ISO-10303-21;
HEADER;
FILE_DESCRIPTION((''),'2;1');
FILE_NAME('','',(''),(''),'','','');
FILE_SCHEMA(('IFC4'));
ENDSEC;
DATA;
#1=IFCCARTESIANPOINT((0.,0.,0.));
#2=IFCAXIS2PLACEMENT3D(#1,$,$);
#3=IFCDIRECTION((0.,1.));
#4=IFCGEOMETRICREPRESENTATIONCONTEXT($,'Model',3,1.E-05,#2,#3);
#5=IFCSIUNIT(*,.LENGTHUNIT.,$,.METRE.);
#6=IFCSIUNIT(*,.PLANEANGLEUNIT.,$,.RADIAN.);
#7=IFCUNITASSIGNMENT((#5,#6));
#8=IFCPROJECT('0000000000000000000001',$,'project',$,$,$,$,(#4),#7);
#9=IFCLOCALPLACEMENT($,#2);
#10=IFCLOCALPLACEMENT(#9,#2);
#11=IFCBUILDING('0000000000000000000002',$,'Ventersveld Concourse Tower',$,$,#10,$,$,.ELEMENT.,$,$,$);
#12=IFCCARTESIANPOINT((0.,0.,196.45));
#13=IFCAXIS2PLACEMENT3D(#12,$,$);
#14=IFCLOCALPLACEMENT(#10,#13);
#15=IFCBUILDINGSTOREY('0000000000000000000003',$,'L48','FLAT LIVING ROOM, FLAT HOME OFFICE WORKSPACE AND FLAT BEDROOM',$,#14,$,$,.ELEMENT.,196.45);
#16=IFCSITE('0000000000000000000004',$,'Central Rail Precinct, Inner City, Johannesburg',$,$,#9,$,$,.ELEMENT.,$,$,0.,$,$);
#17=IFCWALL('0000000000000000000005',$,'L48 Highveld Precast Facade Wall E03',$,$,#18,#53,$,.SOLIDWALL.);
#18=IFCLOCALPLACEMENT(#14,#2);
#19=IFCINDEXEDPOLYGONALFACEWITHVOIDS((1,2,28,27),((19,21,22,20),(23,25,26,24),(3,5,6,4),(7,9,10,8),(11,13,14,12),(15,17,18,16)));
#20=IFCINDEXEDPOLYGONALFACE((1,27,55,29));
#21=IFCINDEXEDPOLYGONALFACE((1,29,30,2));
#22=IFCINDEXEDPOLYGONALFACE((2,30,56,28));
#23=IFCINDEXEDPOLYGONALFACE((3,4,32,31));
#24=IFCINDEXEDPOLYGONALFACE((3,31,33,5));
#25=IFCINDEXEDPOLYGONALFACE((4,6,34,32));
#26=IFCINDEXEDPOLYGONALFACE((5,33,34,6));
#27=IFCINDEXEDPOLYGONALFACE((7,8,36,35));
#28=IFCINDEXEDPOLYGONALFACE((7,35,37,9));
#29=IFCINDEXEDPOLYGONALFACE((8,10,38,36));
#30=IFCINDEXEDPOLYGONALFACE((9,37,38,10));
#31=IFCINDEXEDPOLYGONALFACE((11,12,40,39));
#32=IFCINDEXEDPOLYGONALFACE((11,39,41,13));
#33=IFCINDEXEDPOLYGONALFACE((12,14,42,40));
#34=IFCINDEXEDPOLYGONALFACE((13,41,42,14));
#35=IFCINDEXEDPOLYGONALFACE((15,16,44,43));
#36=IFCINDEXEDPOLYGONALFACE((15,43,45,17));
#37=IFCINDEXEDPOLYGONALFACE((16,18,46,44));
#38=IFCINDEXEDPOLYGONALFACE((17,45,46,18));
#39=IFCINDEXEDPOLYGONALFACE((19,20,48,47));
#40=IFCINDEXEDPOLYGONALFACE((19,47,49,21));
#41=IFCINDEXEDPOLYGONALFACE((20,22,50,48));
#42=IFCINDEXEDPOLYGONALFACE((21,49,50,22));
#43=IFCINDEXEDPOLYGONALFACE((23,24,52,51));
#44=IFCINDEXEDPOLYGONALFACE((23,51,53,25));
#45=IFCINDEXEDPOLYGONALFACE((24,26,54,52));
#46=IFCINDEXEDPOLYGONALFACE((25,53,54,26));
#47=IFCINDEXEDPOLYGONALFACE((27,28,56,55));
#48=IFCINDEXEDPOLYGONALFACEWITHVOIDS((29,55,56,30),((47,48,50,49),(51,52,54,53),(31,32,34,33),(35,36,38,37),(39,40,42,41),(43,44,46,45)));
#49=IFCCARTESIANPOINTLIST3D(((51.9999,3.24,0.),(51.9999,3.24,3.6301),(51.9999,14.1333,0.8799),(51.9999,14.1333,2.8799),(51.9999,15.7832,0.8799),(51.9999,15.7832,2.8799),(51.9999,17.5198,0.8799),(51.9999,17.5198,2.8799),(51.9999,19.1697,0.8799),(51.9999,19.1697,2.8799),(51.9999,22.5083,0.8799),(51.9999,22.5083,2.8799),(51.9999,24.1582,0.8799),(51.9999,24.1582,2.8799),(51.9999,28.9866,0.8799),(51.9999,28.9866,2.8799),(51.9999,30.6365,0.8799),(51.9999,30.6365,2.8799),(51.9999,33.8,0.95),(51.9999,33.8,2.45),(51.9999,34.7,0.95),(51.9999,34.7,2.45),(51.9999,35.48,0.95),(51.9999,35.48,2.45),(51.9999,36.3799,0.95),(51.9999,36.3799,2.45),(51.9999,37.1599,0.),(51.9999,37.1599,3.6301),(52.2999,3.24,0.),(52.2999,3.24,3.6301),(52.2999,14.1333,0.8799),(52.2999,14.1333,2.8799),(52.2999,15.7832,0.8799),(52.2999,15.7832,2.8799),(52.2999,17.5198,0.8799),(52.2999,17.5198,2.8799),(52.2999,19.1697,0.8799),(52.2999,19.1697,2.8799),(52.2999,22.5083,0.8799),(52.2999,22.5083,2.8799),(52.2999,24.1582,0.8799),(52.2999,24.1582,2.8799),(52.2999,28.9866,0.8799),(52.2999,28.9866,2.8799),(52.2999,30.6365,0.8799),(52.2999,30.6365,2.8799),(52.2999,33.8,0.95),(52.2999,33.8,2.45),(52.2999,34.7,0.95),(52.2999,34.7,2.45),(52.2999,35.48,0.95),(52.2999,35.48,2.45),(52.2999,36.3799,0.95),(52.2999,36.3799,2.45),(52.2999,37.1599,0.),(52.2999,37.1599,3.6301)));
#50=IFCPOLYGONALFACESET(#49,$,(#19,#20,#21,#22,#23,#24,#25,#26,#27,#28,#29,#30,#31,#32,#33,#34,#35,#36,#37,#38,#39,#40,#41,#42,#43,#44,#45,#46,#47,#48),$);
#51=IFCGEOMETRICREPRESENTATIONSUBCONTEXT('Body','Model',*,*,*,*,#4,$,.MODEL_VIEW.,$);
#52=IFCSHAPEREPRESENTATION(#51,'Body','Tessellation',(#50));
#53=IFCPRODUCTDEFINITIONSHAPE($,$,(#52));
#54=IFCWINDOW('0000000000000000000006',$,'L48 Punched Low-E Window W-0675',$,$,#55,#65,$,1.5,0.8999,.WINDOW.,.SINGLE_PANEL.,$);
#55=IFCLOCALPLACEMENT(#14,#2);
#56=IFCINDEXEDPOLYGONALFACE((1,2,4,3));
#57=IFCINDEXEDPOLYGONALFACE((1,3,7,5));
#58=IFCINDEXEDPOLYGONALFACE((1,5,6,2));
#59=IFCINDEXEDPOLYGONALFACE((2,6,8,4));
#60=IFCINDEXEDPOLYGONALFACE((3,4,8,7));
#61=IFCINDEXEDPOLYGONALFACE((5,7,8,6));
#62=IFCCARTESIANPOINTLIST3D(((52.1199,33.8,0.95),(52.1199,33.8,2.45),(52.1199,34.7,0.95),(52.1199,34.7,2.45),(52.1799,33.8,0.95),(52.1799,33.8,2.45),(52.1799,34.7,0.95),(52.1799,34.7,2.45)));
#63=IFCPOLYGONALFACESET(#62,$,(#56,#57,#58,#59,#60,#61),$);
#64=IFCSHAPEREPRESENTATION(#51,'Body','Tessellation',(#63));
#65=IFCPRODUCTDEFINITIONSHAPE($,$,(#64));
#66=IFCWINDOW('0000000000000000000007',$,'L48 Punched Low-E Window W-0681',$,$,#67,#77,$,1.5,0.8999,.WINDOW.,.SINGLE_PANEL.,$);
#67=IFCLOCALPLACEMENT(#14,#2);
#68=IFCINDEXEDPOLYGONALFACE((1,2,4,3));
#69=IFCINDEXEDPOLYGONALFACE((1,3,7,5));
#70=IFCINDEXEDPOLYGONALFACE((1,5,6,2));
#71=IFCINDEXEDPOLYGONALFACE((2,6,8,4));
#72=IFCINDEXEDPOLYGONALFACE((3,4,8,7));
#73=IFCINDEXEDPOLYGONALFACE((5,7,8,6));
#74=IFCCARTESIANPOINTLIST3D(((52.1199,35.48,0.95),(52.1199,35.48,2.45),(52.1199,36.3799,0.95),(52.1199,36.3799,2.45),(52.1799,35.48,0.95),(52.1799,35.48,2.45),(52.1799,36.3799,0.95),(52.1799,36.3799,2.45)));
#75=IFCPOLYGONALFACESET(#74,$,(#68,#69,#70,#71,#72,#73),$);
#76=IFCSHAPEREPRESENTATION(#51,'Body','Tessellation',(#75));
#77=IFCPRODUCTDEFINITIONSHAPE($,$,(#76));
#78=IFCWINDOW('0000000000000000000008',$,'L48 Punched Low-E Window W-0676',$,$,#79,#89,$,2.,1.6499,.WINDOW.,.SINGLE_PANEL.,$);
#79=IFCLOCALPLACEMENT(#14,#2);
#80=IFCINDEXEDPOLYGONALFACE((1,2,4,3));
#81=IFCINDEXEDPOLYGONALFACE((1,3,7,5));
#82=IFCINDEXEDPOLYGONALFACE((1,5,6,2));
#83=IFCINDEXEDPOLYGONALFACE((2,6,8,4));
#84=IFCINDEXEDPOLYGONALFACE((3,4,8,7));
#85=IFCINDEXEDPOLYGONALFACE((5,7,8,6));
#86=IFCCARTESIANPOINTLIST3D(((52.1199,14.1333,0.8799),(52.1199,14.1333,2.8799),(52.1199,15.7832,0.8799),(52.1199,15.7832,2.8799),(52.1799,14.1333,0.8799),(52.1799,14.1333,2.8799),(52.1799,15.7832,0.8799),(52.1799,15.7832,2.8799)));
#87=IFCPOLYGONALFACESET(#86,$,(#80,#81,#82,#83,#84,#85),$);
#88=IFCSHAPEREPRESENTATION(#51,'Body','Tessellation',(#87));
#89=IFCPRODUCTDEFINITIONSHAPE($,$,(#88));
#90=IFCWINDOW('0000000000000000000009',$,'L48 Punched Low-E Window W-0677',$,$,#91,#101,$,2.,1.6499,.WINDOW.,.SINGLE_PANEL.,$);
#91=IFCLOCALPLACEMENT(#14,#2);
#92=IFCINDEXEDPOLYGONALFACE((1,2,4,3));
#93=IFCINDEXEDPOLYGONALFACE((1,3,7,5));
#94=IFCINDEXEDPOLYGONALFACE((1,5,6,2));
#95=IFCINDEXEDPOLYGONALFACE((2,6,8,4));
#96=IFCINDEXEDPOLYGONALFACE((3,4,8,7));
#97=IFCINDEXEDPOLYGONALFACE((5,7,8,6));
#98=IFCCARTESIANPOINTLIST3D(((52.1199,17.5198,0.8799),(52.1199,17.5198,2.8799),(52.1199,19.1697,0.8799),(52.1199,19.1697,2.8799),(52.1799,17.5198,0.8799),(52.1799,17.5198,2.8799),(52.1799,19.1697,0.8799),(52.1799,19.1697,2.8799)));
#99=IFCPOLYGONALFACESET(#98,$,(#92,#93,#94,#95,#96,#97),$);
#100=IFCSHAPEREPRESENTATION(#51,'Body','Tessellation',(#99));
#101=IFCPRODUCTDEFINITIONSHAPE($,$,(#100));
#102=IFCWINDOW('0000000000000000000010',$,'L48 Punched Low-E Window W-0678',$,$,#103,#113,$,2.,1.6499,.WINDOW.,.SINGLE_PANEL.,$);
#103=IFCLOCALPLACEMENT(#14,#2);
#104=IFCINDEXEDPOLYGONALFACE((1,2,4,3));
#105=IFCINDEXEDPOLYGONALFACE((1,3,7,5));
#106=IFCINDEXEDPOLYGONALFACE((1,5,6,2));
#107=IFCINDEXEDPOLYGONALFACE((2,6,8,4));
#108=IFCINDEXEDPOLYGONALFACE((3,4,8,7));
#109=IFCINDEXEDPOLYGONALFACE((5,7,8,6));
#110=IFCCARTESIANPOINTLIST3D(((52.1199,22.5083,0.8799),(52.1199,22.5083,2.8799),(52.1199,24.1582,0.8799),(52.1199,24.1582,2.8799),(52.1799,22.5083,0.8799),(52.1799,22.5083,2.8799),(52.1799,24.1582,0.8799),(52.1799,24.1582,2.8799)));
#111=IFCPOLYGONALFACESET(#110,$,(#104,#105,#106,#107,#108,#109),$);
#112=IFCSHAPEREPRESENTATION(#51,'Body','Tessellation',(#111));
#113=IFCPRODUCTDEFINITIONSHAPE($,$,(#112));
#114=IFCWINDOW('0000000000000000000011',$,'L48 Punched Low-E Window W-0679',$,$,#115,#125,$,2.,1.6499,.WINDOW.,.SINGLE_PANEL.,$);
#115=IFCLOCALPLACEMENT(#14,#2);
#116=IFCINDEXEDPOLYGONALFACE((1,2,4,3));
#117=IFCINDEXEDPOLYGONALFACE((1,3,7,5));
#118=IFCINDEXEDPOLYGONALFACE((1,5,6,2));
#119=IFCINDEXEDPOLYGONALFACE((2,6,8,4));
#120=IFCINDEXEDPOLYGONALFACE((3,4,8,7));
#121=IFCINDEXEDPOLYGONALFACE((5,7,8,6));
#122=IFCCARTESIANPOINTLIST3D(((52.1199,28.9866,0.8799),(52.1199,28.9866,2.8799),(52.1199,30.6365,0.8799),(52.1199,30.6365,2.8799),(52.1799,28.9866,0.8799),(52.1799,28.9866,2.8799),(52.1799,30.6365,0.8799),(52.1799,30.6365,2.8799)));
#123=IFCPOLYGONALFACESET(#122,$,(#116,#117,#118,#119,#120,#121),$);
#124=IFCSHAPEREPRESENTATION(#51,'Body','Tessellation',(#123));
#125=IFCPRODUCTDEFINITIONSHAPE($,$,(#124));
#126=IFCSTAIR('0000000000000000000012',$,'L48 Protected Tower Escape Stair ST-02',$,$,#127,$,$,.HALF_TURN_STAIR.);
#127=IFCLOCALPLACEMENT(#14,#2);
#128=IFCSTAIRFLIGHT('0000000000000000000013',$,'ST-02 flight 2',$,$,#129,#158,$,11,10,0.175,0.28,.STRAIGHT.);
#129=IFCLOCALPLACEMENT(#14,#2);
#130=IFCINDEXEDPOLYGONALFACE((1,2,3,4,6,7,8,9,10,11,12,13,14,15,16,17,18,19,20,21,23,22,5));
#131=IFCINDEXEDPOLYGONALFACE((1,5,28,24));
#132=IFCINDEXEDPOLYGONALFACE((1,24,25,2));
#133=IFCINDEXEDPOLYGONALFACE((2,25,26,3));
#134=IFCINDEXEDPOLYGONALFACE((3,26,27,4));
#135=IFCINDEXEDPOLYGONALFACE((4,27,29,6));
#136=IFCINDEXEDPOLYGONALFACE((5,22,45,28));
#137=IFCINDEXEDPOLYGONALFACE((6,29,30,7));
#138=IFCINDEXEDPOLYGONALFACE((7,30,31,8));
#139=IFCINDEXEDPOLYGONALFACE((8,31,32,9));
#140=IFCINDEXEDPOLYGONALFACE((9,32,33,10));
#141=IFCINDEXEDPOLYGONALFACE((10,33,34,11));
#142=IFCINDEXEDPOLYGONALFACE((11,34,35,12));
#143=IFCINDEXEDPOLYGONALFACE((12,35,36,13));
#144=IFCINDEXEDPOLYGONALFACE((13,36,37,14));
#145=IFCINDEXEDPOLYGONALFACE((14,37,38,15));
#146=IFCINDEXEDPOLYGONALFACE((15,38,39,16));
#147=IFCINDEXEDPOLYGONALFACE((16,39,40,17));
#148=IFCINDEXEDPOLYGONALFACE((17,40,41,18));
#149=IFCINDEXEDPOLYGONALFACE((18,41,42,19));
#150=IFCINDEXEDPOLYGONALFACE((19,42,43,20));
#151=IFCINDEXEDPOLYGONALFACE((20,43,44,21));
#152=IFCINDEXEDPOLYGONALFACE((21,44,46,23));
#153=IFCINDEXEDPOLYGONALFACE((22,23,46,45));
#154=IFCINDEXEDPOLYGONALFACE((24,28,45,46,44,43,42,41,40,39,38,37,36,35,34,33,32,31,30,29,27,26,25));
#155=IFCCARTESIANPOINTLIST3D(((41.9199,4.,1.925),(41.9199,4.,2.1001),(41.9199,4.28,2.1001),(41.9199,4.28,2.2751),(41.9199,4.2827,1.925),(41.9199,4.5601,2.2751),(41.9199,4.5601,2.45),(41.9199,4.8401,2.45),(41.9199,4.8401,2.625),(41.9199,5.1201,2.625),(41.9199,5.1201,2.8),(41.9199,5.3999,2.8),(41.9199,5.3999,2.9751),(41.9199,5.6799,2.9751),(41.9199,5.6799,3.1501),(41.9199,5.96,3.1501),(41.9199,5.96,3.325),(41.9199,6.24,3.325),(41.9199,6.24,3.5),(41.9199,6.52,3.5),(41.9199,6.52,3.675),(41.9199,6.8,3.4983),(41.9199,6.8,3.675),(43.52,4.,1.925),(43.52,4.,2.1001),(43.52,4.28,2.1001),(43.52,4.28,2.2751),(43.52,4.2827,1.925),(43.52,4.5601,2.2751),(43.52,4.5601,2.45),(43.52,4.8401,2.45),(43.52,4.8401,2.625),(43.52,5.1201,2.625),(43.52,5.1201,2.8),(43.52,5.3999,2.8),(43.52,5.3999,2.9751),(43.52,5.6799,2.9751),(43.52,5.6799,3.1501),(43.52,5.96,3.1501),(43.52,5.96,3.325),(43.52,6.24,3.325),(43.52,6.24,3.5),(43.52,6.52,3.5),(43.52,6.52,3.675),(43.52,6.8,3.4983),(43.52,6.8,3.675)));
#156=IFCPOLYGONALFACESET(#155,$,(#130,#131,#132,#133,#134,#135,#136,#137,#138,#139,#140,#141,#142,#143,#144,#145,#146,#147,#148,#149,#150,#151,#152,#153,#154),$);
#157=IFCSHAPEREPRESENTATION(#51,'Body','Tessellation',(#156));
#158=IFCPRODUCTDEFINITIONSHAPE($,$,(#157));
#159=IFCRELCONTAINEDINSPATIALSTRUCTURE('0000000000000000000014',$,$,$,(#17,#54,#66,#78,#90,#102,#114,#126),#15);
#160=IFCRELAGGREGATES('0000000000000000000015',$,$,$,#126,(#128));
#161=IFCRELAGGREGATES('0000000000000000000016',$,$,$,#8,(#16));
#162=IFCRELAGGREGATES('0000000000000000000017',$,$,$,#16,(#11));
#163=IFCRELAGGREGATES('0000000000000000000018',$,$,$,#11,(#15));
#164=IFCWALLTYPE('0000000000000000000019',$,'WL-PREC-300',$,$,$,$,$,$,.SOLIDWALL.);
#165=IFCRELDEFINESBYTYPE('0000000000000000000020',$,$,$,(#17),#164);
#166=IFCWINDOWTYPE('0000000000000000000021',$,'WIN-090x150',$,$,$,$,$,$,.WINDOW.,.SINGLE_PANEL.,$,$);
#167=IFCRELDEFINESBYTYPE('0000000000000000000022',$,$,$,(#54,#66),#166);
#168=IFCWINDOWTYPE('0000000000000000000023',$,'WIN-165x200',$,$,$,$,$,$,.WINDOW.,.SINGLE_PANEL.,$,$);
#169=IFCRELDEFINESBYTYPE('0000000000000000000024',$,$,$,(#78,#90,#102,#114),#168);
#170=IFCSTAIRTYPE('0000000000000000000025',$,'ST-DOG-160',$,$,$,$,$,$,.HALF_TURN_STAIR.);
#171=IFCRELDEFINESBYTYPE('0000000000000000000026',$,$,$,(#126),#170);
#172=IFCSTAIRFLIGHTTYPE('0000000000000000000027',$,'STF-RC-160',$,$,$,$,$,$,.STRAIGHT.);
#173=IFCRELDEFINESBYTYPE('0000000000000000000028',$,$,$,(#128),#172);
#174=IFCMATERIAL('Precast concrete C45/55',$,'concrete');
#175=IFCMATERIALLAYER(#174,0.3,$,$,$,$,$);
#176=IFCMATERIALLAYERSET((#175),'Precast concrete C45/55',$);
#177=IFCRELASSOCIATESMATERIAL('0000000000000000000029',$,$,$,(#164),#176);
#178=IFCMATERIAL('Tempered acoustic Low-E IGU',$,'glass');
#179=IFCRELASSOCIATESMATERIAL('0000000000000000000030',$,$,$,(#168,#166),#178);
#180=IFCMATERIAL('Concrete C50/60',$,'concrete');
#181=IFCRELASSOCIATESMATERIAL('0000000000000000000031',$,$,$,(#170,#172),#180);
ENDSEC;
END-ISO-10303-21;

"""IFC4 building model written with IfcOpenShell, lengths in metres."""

from ifc_helpers import new_model, si_unit, direction, frame, frame_2d, origin, place, context, subcontext, project, spatial, polyline, rectangle, outline, extrude, material, layer, layer_set, type_object, element, fill, aggregate, save


model = new_model("IFC4")

# Units and contexts
model_context = context("Model", 3, precision=1e-05, world=origin(), true_north=direction((0.0, 1.0)))
body_context = subcontext(model_context, "Body", "Model", "MODEL_VIEW")
ifc_project = project(units=[si_unit("LENGTHUNIT", "METRE"), si_unit("PLANEANGLEUNIT", "RADIAN")], contexts=[model_context])

# Site, building, storey
site_placement = place(None, origin())
site = spatial("IfcSite", under=ifc_project, at=site_placement, Name="Central Rail Precinct, Inner City, Johannesburg", CompositionType="ELEMENT", RefElevation=0.0)
building_placement = place(site_placement, origin())
building = spatial("IfcBuilding", under=site, at=building_placement, Name="Ventersveld Concourse Tower", CompositionType="ELEMENT")
storey_placement = place(building_placement, frame((0.0, 0.0, 196.45)))
storey = spatial("IfcBuildingStorey", under=building, at=storey_placement, Name="L48", Description="FLAT LIVING ROOM, FLAT HOME OFFICE WORKSPACE AND FLAT BEDROOM", CompositionType="ELEMENT", Elevation=196.45)

# Shared definitions
ifc_material_1 = material(Name="Concrete C50/60", Category="concrete")

# Shared definitions
ifc_material_2 = material(Name="Precast concrete C45/55", Category="concrete")
ifc_layer_1 = layer(ifc_material_2, 0.3)
ifc_layer_set_1 = layer_set([ifc_layer_1], Name="Precast concrete C45/55")
wall_type_1 = type_object("IfcWallType", Name="WL-PREC-300", PredefinedType="SOLIDWALL", material=ifc_layer_set_1)
ifc_material_3 = material(Name="Tempered acoustic Low-E IGU", Category="glass")
window_type_1 = type_object("IfcWindowType", Name="WIN-165x200", PartitioningType="SINGLE_PANEL", PredefinedType="WINDOW", material=ifc_material_3)

# Wall, openings, windows
wall_1_placement = place(storey_placement, frame((52.1499, 3.24, 0.0), z_axis=(0.0, 0.0, 1.0), x_axis=(0.0, 1.0, 0.0)))
wall_1 = element("IfcWall", 1, at=wall_1_placement, inside=storey, type_object=wall_type_1, Name="L48 Highveld Precast Facade Wall E03", PredefinedType="SOLIDWALL", context=body_context, shape_type="SweptSolid", body=[
    extrude(rectangle(XDim=33.9199, YDim=0.3, at=frame_2d((16.96, 0.0))), origin(), (0.0, 0.0, 1.0), 3.6301),
])
opening_1_placement = place(wall_1_placement, frame((30.5601, 0.0, 0.95)))
opening_1 = element("IfcOpeningElement", 2, at=opening_1_placement, cuts=wall_1, PredefinedType="OPENING", context=body_context, shape_type="SweptSolid", body=[
    extrude(rectangle(XDim=0.8999, YDim=1.5, at=frame_2d((0.45, 0.75))), frame((0.0, 0.1602, 0.0), z_axis=(0.0, -1.0, 0.0), x_axis=(1.0, 0.0, 0.0)), (0.0, 0.0, 1.0), 0.3201),
])
opening_2_placement = place(wall_1_placement, frame((10.8933, 0.0, 0.8799)))
opening_2 = element("IfcOpeningElement", 3, at=opening_2_placement, cuts=wall_1, PredefinedType="OPENING", context=body_context, shape_type="SweptSolid", body=[
    extrude(rectangle(XDim=1.6499, YDim=2.0, at=frame_2d((0.825, 1.0))), frame((0.0, 0.1602, 0.0), z_axis=(0.0, -1.0, 0.0), x_axis=(1.0, 0.0, 0.0)), (0.0, 0.0, 1.0), 0.3201),
])
opening_3_placement = place(wall_1_placement, frame((14.2798, 0.0, 0.8799)))
opening_3 = element("IfcOpeningElement", 4, at=opening_3_placement, cuts=wall_1, PredefinedType="OPENING", context=body_context, shape_type="SweptSolid", body=[
    extrude(rectangle(XDim=1.6499, YDim=2.0, at=frame_2d((0.825, 1.0))), frame((0.0, 0.1602, 0.0), z_axis=(0.0, -1.0, 0.0), x_axis=(1.0, 0.0, 0.0)), (0.0, 0.0, 1.0), 0.3201),
])
opening_4_placement = place(wall_1_placement, frame((19.2683, 0.0, 0.8799)))
opening_4 = element("IfcOpeningElement", 5, at=opening_4_placement, cuts=wall_1, PredefinedType="OPENING", context=body_context, shape_type="SweptSolid", body=[
    extrude(rectangle(XDim=1.6499, YDim=2.0, at=frame_2d((0.825, 1.0))), frame((0.0, 0.1602, 0.0), z_axis=(0.0, -1.0, 0.0), x_axis=(1.0, 0.0, 0.0)), (0.0, 0.0, 1.0), 0.3201),
])
opening_5_placement = place(wall_1_placement, frame((25.7466, 0.0, 0.8799)))
opening_5 = element("IfcOpeningElement", 6, at=opening_5_placement, cuts=wall_1, PredefinedType="OPENING", context=body_context, shape_type="SweptSolid", body=[
    extrude(rectangle(XDim=1.6499, YDim=2.0, at=frame_2d((0.825, 1.0))), frame((0.0, 0.1602, 0.0), z_axis=(0.0, -1.0, 0.0), x_axis=(1.0, 0.0, 0.0)), (0.0, 0.0, 1.0), 0.3201),
])
opening_6_placement = place(wall_1_placement, frame((32.24, 0.0, 0.95)))
opening_6 = element("IfcOpeningElement", 7, at=opening_6_placement, cuts=wall_1, PredefinedType="OPENING", context=body_context, shape_type="SweptSolid", body=[
    extrude(rectangle(XDim=0.8999, YDim=1.5, at=frame_2d((0.45, 0.75))), frame((0.0, 0.1602, 0.0), z_axis=(0.0, -1.0, 0.0), x_axis=(1.0, 0.0, 0.0)), (0.0, 0.0, 1.0), 0.3201),
])
window_type_2 = type_object("IfcWindowType", Name="WIN-090x150", PartitioningType="SINGLE_PANEL", PredefinedType="WINDOW", material=ifc_material_3)
window_1_placement = place(opening_1_placement, origin())
window_1 = element("IfcWindow", 8, at=window_1_placement, inside=storey, type_object=window_type_2, Name="L48 Punched Low-E Window W-0675", OverallHeight=1.5, OverallWidth=0.8999, PartitioningType="SINGLE_PANEL", PredefinedType="WINDOW", context=body_context, shape_type="SweptSolid", body=[
    extrude(rectangle(XDim=0.8999, YDim=1.5, at=frame_2d((0.45, 0.75))), frame((0.0, 0.03, 0.0), z_axis=(0.0, -1.0, 0.0), x_axis=(1.0, 0.0, 0.0)), (0.0, 0.0, 1.0), 0.0601),
])
fill(opening_1, window_1)
window_2_placement = place(opening_6_placement, origin())
window_2 = element("IfcWindow", 9, at=window_2_placement, inside=storey, type_object=window_type_2, Name="L48 Punched Low-E Window W-0681", OverallHeight=1.5, OverallWidth=0.8999, PartitioningType="SINGLE_PANEL", PredefinedType="WINDOW", context=body_context, shape_type="SweptSolid", body=[
    extrude(rectangle(XDim=0.8999, YDim=1.5, at=frame_2d((0.45, 0.75))), frame((0.0, 0.03, 0.0), z_axis=(0.0, -1.0, 0.0), x_axis=(1.0, 0.0, 0.0)), (0.0, 0.0, 1.0), 0.0601),
])
fill(opening_6, window_2)
window_3_placement = place(opening_2_placement, origin())
window_3 = element("IfcWindow", 10, at=window_3_placement, inside=storey, type_object=window_type_1, Name="L48 Punched Low-E Window W-0676", OverallHeight=2.0, OverallWidth=1.6499, PartitioningType="SINGLE_PANEL", PredefinedType="WINDOW", context=body_context, shape_type="SweptSolid", body=[
    extrude(rectangle(XDim=1.6499, YDim=2.0, at=frame_2d((0.825, 1.0))), frame((0.0, 0.03, 0.0), z_axis=(0.0, -1.0, 0.0), x_axis=(1.0, 0.0, 0.0)), (0.0, 0.0, 1.0), 0.0601),
])
fill(opening_2, window_3)
window_4_placement = place(opening_3_placement, origin())
window_4 = element("IfcWindow", 11, at=window_4_placement, inside=storey, type_object=window_type_1, Name="L48 Punched Low-E Window W-0677", OverallHeight=2.0, OverallWidth=1.6499, PartitioningType="SINGLE_PANEL", PredefinedType="WINDOW", context=body_context, shape_type="SweptSolid", body=[
    extrude(rectangle(XDim=1.6499, YDim=2.0, at=frame_2d((0.825, 1.0))), frame((0.0, 0.03, 0.0), z_axis=(0.0, -1.0, 0.0), x_axis=(1.0, 0.0, 0.0)), (0.0, 0.0, 1.0), 0.0601),
])
fill(opening_3, window_4)
window_5_placement = place(opening_4_placement, origin())
window_5 = element("IfcWindow", 12, at=window_5_placement, inside=storey, type_object=window_type_1, Name="L48 Punched Low-E Window W-0678", OverallHeight=2.0, OverallWidth=1.6499, PartitioningType="SINGLE_PANEL", PredefinedType="WINDOW", context=body_context, shape_type="SweptSolid", body=[
    extrude(rectangle(XDim=1.6499, YDim=2.0, at=frame_2d((0.825, 1.0))), frame((0.0, 0.03, 0.0), z_axis=(0.0, -1.0, 0.0), x_axis=(1.0, 0.0, 0.0)), (0.0, 0.0, 1.0), 0.0601),
])
fill(opening_4, window_5)
window_6_placement = place(opening_5_placement, origin())
window_6 = element("IfcWindow", 13, at=window_6_placement, inside=storey, type_object=window_type_1, Name="L48 Punched Low-E Window W-0679", OverallHeight=2.0, OverallWidth=1.6499, PartitioningType="SINGLE_PANEL", PredefinedType="WINDOW", context=body_context, shape_type="SweptSolid", body=[
    extrude(rectangle(XDim=1.6499, YDim=2.0, at=frame_2d((0.825, 1.0))), frame((0.0, 0.03, 0.0), z_axis=(0.0, -1.0, 0.0), x_axis=(1.0, 0.0, 0.0)), (0.0, 0.0, 1.0), 0.0601),
])
fill(opening_5, window_6)

# Stair, stair flight
stair_type = type_object("IfcStairType", Name="ST-DOG-160", PredefinedType="HALF_TURN_STAIR", material=ifc_material_1)
stair_placement = place(storey_placement, origin())
stair = element("IfcStair", 14, at=stair_placement, inside=storey, type_object=stair_type, Name="L48 Protected Tower Escape Stair ST-02", PredefinedType="HALF_TURN_STAIR")
stair_flight_type = type_object("IfcStairFlightType", Name="STF-RC-160", PredefinedType="STRAIGHT", material=ifc_material_1)
stair_flight_placement = place(storey_placement, frame((42.72, 4.0, 1.925), z_axis=(0.0, 0.0, 1.0), x_axis=(0.0, 1.0, 0.0)))
stair_flight = element("IfcStairFlight", 15, at=stair_flight_placement, type_object=stair_flight_type, Name="ST-02 flight 2", NumberOfRisers=11, NumberOfTreads=10, PredefinedType="STRAIGHT", RiserHeight=0.175, TreadLength=0.28, context=body_context, shape_type="SweptSolid", body=[
    extrude(outline(polyline([(0.0, 0.0), (0.0, 0.175), (0.28, 0.175), (0.28, 0.3501), (0.5601, 0.3501), (0.5601, 0.5249), (0.8401, 0.5249), (0.8401, 0.7), (1.1201, 0.7), (1.1201, 0.875), (1.3999, 0.875), (1.3999, 1.05), (1.6799, 1.05), (1.6799, 1.2251), (1.96, 1.2251), (1.96, 1.3999), (2.24, 1.3999), (2.24, 1.575), (2.52, 1.575), (2.52, 1.75), (2.8, 1.75), (2.8, 1.925), (2.8, 1.5732), (0.2827, 0.0), (0.0, 0.0)])), frame((0.0, 0.8, 0.0), z_axis=(0.0, -1.0, 0.0), x_axis=(1.0, 0.0, 0.0)), (0.0, 0.0, 1.0), 1.6001),
])
aggregate(stair, [stair_flight])

save(model, "model.ifc")
